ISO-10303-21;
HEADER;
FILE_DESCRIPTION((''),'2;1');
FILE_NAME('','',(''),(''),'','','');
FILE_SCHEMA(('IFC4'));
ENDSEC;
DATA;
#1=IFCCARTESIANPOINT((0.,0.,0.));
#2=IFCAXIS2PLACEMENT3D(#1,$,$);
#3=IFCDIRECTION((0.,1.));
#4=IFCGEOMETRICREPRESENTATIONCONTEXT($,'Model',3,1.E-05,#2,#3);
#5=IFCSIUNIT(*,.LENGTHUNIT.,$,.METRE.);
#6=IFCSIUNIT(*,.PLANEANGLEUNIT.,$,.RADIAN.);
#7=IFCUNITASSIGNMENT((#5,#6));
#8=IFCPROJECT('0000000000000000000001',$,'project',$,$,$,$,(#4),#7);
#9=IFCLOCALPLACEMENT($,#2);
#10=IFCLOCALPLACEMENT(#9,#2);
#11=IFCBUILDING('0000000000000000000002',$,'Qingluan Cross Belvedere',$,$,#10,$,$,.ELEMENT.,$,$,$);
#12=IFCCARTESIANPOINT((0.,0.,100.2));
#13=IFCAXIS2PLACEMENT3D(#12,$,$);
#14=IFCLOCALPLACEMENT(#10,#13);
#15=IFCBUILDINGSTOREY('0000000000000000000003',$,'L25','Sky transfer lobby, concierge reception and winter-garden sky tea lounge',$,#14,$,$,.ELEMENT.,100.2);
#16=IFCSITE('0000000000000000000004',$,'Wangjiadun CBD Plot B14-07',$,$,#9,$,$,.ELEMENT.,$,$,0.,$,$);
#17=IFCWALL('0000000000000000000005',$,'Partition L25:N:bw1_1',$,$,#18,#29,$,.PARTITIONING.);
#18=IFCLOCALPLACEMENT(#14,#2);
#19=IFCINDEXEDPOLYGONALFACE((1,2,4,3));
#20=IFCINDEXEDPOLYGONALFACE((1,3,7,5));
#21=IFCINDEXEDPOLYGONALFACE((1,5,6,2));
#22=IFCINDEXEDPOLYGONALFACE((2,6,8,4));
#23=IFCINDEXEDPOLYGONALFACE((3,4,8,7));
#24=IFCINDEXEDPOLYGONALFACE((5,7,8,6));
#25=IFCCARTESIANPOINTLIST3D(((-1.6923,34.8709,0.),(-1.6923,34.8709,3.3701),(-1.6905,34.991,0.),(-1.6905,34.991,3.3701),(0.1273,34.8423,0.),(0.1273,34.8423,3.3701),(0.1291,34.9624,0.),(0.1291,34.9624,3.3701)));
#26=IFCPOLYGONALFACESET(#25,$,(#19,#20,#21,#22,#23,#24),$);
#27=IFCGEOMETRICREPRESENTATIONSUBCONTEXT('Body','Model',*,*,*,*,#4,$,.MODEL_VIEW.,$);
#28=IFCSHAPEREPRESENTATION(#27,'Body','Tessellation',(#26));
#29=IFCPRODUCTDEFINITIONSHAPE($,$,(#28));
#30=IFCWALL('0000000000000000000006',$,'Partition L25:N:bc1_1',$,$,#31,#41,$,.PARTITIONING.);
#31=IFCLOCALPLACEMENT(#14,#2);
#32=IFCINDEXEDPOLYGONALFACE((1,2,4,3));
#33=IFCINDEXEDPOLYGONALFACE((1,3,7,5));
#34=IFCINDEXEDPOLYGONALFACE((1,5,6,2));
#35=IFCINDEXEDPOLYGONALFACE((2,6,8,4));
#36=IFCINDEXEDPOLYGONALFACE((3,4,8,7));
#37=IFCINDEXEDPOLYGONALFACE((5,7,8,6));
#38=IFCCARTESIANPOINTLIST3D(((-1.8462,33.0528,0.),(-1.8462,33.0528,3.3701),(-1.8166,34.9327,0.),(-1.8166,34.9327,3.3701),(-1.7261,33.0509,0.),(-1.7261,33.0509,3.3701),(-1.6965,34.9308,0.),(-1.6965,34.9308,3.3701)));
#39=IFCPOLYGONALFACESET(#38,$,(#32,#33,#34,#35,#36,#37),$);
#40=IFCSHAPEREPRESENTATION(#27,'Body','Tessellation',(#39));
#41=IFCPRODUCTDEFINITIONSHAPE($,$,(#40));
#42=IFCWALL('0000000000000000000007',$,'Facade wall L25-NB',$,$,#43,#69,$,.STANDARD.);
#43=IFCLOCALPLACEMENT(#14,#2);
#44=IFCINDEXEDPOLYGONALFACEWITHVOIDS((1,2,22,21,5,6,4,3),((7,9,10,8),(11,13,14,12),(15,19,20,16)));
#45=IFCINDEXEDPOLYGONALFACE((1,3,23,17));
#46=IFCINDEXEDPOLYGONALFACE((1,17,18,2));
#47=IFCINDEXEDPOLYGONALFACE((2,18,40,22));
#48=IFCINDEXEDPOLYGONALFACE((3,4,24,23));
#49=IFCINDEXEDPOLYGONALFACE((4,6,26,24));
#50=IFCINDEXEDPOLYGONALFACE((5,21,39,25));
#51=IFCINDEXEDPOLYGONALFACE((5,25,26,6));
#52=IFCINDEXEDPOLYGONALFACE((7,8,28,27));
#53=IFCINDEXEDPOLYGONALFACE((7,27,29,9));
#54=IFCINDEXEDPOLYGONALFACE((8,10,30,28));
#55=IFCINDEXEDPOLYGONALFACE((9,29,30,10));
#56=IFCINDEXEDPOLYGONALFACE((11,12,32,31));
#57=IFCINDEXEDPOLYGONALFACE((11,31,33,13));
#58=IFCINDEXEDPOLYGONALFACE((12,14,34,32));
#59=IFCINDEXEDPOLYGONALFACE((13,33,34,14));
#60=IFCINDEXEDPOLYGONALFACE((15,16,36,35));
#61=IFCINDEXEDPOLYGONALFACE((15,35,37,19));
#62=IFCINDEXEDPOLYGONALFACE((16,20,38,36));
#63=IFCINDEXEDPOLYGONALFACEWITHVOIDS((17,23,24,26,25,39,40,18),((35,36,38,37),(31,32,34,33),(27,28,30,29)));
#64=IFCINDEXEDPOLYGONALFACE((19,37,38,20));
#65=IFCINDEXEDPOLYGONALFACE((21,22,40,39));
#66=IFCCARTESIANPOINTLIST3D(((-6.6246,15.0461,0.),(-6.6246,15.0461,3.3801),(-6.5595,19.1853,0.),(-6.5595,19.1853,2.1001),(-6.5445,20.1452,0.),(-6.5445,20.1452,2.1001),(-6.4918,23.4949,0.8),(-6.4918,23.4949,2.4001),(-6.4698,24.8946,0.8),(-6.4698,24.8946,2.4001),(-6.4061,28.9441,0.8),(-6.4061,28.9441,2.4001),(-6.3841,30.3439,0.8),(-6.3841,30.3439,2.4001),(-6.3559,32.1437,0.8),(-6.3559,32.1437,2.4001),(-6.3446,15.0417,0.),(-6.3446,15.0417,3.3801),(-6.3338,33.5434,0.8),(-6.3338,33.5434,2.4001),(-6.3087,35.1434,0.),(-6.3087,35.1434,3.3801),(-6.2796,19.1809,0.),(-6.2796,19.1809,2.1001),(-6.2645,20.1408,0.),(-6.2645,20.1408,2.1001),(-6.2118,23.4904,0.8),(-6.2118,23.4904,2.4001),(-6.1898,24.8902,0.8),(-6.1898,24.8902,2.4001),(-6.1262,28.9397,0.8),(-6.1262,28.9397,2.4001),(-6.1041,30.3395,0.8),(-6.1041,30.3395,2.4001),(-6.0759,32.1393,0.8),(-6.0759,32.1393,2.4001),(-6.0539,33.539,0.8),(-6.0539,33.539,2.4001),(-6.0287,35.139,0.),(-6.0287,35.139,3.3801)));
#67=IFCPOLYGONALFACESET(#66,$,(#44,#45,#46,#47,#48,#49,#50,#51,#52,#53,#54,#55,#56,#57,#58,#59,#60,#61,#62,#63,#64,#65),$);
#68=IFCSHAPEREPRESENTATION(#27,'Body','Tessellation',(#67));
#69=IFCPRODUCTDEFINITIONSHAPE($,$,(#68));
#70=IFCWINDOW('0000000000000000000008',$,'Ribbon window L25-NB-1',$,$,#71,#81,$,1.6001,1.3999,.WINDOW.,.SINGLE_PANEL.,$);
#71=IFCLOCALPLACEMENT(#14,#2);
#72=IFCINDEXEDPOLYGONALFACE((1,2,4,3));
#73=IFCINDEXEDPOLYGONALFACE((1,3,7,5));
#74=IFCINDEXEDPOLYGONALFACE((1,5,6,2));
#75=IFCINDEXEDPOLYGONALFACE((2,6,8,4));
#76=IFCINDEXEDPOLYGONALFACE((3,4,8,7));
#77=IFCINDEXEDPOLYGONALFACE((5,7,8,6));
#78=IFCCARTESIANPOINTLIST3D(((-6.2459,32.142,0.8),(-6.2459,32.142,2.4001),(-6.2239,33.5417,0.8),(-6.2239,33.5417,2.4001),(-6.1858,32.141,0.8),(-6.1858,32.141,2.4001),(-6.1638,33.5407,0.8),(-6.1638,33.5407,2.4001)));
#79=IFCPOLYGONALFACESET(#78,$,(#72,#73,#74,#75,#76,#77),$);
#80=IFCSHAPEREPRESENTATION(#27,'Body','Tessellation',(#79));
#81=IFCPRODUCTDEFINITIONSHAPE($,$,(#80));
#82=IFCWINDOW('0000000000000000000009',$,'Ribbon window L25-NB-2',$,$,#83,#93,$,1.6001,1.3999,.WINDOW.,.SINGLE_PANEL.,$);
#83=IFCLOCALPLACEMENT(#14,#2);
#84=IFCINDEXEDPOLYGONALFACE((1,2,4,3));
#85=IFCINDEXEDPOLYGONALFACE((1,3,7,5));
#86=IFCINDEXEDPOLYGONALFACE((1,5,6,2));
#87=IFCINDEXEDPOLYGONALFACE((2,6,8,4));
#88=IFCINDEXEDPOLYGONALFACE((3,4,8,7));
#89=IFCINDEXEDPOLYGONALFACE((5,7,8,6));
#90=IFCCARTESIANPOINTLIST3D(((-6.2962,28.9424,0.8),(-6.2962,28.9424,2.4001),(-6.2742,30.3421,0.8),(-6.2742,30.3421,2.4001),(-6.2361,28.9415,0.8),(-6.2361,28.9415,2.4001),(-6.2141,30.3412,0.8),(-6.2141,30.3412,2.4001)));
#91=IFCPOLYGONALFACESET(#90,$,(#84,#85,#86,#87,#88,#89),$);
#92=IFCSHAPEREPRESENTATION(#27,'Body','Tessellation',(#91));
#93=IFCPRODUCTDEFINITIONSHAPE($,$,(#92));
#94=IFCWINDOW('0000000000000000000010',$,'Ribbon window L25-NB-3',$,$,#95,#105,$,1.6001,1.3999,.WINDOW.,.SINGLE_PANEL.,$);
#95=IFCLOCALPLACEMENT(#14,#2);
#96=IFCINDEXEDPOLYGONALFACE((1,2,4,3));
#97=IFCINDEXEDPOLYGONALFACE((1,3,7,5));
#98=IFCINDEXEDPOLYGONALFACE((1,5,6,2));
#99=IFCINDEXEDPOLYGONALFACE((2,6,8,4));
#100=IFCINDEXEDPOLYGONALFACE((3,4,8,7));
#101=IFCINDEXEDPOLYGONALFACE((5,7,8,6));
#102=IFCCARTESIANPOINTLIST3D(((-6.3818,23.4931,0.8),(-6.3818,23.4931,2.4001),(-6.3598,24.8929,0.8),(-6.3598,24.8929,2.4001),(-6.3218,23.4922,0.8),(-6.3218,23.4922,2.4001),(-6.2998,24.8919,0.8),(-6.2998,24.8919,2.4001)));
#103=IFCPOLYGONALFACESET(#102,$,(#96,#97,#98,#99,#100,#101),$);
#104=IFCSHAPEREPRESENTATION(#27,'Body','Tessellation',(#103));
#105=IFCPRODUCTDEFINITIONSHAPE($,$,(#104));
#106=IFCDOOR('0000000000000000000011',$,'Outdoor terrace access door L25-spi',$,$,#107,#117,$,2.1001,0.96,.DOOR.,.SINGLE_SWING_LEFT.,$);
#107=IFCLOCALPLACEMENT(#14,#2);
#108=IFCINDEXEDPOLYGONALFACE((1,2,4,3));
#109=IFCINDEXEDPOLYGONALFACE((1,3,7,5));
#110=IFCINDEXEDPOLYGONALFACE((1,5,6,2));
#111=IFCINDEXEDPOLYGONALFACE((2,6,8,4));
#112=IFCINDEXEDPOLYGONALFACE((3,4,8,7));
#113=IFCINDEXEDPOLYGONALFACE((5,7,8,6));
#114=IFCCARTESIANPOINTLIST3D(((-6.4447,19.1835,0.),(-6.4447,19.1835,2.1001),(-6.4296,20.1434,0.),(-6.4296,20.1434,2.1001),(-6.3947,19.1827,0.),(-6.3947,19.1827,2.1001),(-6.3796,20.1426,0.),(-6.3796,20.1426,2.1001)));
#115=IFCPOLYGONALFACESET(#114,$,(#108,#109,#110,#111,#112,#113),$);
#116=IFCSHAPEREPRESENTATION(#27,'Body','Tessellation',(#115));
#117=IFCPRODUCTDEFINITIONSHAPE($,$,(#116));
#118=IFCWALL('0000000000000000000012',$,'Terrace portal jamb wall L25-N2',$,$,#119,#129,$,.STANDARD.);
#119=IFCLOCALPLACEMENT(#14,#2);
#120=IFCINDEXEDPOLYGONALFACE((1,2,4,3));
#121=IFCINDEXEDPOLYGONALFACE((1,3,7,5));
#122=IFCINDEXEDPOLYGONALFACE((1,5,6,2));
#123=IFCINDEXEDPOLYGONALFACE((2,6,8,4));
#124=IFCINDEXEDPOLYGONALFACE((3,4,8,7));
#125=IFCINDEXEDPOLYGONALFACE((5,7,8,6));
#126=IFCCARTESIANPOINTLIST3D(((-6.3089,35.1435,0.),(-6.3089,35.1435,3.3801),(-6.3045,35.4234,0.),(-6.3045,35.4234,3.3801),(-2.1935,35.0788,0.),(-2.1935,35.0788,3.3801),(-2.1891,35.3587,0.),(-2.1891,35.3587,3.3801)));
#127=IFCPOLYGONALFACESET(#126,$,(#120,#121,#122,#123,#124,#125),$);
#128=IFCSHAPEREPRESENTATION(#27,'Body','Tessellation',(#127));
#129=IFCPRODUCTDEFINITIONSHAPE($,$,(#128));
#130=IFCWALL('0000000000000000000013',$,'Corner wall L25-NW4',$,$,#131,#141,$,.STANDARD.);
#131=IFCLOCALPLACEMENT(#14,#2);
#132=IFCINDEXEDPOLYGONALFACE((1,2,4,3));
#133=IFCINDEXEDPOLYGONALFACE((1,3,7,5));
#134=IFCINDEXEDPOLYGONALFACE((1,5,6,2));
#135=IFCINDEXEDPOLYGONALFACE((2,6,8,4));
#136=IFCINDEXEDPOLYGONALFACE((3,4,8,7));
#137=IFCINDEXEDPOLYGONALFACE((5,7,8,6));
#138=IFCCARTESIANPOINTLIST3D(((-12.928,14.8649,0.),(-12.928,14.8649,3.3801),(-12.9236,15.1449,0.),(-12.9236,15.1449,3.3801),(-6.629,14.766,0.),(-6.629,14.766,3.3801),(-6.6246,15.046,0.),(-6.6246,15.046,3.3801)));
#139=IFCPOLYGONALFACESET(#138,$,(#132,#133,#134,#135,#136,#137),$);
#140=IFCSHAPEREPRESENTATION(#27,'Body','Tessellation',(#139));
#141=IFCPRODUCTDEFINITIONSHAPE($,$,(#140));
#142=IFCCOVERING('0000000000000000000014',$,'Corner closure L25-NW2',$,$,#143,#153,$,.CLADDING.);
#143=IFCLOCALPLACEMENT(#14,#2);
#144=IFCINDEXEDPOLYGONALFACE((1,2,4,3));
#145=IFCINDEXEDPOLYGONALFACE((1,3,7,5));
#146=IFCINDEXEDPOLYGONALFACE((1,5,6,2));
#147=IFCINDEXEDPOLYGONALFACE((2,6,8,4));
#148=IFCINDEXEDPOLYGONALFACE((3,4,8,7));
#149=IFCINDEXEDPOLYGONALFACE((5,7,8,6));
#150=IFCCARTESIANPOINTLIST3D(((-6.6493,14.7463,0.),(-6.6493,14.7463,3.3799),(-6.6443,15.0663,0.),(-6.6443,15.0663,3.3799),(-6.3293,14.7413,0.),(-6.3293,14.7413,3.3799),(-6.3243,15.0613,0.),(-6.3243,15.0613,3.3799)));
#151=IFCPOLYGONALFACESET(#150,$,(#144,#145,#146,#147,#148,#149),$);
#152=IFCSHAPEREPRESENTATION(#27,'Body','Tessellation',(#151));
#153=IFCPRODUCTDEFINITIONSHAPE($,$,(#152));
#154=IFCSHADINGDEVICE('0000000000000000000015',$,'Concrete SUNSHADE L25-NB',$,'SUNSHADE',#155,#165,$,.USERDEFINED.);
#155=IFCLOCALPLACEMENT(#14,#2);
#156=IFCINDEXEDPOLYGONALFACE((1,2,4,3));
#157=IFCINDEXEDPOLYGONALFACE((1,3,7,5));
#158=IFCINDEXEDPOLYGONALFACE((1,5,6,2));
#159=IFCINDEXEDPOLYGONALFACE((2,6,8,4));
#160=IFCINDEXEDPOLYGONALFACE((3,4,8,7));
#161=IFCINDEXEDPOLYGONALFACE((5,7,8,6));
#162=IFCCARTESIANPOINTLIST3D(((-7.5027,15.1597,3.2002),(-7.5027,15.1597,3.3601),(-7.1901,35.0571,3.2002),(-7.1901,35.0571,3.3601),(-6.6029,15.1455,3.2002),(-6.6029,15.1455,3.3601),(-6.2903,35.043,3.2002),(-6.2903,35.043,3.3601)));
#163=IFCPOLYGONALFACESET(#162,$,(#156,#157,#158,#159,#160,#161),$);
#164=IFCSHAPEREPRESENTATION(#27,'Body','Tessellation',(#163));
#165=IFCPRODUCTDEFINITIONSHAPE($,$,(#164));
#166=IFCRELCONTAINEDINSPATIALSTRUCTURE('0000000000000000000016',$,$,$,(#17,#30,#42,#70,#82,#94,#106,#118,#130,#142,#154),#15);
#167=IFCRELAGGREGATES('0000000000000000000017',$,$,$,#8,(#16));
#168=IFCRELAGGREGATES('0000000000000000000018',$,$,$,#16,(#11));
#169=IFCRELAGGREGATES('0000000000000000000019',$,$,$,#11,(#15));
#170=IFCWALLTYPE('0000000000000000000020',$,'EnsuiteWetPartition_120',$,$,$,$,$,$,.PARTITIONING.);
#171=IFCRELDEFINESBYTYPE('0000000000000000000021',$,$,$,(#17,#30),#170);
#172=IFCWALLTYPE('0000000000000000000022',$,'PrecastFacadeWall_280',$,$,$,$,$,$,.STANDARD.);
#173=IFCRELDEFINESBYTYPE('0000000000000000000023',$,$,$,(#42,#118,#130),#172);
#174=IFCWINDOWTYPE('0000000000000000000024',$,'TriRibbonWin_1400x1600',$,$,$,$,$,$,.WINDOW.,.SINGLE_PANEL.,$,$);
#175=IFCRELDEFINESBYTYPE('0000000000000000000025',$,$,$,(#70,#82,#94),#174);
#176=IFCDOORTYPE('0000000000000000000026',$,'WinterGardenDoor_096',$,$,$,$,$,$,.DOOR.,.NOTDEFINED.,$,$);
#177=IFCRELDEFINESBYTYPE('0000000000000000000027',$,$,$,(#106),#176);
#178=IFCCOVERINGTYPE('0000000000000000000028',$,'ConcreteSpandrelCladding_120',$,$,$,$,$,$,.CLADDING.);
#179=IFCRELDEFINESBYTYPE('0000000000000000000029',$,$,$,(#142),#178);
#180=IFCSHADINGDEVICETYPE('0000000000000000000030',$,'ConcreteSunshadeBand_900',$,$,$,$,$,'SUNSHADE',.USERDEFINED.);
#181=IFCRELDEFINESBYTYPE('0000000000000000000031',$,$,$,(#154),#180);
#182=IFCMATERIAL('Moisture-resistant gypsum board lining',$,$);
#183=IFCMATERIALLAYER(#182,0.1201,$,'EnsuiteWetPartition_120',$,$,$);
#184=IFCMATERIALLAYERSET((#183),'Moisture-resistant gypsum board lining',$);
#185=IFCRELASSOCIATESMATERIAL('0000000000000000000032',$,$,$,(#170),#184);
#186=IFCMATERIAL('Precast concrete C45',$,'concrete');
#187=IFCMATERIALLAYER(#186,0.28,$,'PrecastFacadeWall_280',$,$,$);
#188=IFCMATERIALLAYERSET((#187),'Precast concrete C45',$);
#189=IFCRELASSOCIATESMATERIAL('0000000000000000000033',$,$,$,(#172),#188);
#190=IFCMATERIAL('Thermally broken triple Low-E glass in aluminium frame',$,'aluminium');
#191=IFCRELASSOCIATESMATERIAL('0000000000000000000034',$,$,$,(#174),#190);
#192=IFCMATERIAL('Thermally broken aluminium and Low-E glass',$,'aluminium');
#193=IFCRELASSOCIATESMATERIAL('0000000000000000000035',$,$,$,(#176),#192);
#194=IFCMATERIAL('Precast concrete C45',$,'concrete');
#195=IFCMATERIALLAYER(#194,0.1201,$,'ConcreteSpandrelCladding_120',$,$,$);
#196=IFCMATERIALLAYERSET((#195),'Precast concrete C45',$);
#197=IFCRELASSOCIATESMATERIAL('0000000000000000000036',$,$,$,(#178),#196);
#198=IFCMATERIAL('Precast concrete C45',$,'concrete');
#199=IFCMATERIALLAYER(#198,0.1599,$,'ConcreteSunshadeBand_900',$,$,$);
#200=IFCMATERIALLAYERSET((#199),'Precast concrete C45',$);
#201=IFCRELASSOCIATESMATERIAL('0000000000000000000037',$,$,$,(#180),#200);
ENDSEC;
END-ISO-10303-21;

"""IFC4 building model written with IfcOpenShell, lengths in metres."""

from ifc_helpers import new_model, si_unit, direction, frame, frame_2d, origin, origin_2d, place, context, subcontext, project, spatial, rectangle, extrude, material, layer, layer_set, type_object, element, fill, save


model = new_model("IFC4")

# Units and contexts
model_context = context("Model", 3, precision=1e-05, world=origin(), true_north=direction((0.0, 1.0)))
body_context = subcontext(model_context, "Body", "Model", "MODEL_VIEW")
ifc_project = project(units=[si_unit("LENGTHUNIT", "METRE"), si_unit("PLANEANGLEUNIT", "RADIAN")], contexts=[model_context])

# Site, building, storey
site_placement = place(None, origin())
site = spatial("IfcSite", under=ifc_project, at=site_placement, Name="Wangjiadun CBD Plot B14-07", CompositionType="ELEMENT", RefElevation=0.0)
building_placement = place(site_placement, origin())
building = spatial("IfcBuilding", under=site, at=building_placement, Name="Qingluan Cross Belvedere", CompositionType="ELEMENT")
storey_placement = place(building_placement, frame((0.0, 0.0, 100.2)))
storey = spatial("IfcBuildingStorey", under=building, at=storey_placement, Name="L25", Description="Sky transfer lobby, concierge reception and winter-garden sky tea lounge", CompositionType="ELEMENT", Elevation=100.2)

# Shared definitions
ifc_material_1 = material(Name="Moisture-resistant gypsum board lining")
ifc_layer_1 = layer(ifc_material_1, 0.1201, Name="EnsuiteWetPartition_120")
ifc_layer_set_1 = layer_set([ifc_layer_1], Name="Moisture-resistant gypsum board lining")
wall_type_1 = type_object("IfcWallType", Name="EnsuiteWetPartition_120", PredefinedType="PARTITIONING", material=ifc_layer_set_1)

# Walls
wall_1_placement = place(storey_placement, frame((-1.6914, 34.9309, 0.0), z_axis=(0.0, 0.0, 1.0), x_axis=(0.999877, -0.015696, 0.0)))
element("IfcWall", 1, at=wall_1_placement, inside=storey, type_object=wall_type_1, Name="Partition L25:N:bw1_1", PredefinedType="PARTITIONING", context=body_context, shape_type="SweptSolid", body=[
    extrude(rectangle(XDim=1.8198, YDim=0.1201, at=frame_2d((0.9099, 0.0))), origin(), (0.0, 0.0, 1.0), 3.3701),
])
wall_2_placement = place(storey_placement, frame((-1.7861, 33.052, 0.0), z_axis=(0.0, 0.0, 1.0), x_axis=(0.015712, 0.999877, 0.0)))
element("IfcWall", 2, at=wall_2_placement, inside=storey, type_object=wall_type_1, Name="Partition L25:N:bc1_1", PredefinedType="PARTITIONING", context=body_context, shape_type="SweptSolid", body=[
    extrude(rectangle(XDim=1.8801, YDim=0.1201, at=frame_2d((0.9399, 0.0))), origin(), (0.0, 0.0, 1.0), 3.3701),
])

# Wall, openings, windows, door
ifc_material_2 = material(Name="Precast concrete C45", Category="concrete")
ifc_layer_2 = layer(ifc_material_2, 0.28, Name="PrecastFacadeWall_280")
ifc_layer_set_2 = layer_set([ifc_layer_2], Name="Precast concrete C45")
wall_type_2 = type_object("IfcWallType", Name="PrecastFacadeWall_280", PredefinedType="STANDARD", material=ifc_layer_set_2)
wall_3_placement = place(storey_placement, frame((-6.1687, 35.1411, 0.0), z_axis=(0.0, 0.0, 1.0), x_axis=(-0.015717, -0.999876, 0.0)))
wall_3 = element("IfcWall", 3, at=wall_3_placement, inside=storey, type_object=wall_type_2, Name="Facade wall L25-NB", PredefinedType="STANDARD", context=body_context, shape_type="SweptSolid", body=[
    extrude(rectangle(XDim=20.0999, YDim=0.28, at=frame_2d((10.0498, 0.0))), origin(), (0.0, 0.0, 1.0), 3.3801),
])
opening_1_placement = place(wall_3_placement, frame((1.6001, 0.0, 0.8)))
opening_1 = element("IfcOpeningElement", 4, at=opening_1_placement, cuts=wall_3, PredefinedType="OPENING", context=body_context, shape_type="SweptSolid", body=[
    extrude(rectangle(XDim=1.3999, YDim=1.6001, at=frame_2d((0.7, 0.8))), frame((0.0, 0.1499, 0.0), z_axis=(0.0, -1.0, 0.0), x_axis=(1.0, 0.0, 0.0)), (0.0, 0.0, 1.0), 0.3),
])
opening_2_placement = place(wall_3_placement, frame((4.8, 0.0, 0.8)))
opening_2 = element("IfcOpeningElement", 5, at=opening_2_placement, cuts=wall_3, PredefinedType="OPENING", context=body_context, shape_type="SweptSolid", body=[
    extrude(rectangle(XDim=1.3999, YDim=1.6001, at=frame_2d((0.7, 0.8))), frame((0.0, 0.1499, 0.0), z_axis=(0.0, -1.0, 0.0), x_axis=(1.0, 0.0, 0.0)), (0.0, 0.0, 1.0), 0.3),
])
opening_3_placement = place(wall_3_placement, frame((10.25, 0.0, 0.8)))
opening_3 = element("IfcOpeningElement", 6, at=opening_3_placement, cuts=wall_3, PredefinedType="OPENING", context=body_context, shape_type="SweptSolid", body=[
    extrude(rectangle(XDim=1.3999, YDim=1.6001, at=frame_2d((0.7, 0.8))), frame((0.0, 0.1499, 0.0), z_axis=(0.0, -1.0, 0.0), x_axis=(1.0, 0.0, 0.0)), (0.0, 0.0, 1.0), 0.3),
])
opening_4_placement = place(wall_3_placement, frame((15.0, 0.0, 0.0)))
opening_4 = element("IfcOpeningElement", 7, at=opening_4_placement, cuts=wall_3, PredefinedType="OPENING", context=body_context, shape_type="SweptSolid", body=[
    extrude(rectangle(XDim=0.96, YDim=2.1001, at=frame_2d((0.48, 1.05))), frame((0.0, 0.1499, 0.0), z_axis=(0.0, -1.0, 0.0), x_axis=(1.0, 0.0, 0.0)), (0.0, 0.0, 1.0), 0.3),
])
ifc_material_3 = material(Name="Thermally broken triple Low-E glass in aluminium frame", Category="aluminium")
window_type = type_object("IfcWindowType", Name="TriRibbonWin_1400x1600", PartitioningType="SINGLE_PANEL", PredefinedType="WINDOW", material=ifc_material_3)
window_1_placement = place(opening_1_placement, origin())
window_1 = element("IfcWindow", 8, at=window_1_placement, inside=storey, type_object=window_type, Name="Ribbon window L25-NB-1", OverallHeight=1.6001, OverallWidth=1.3999, PartitioningType="SINGLE_PANEL", PredefinedType="WINDOW", context=body_context, shape_type="SweptSolid", body=[
    extrude(rectangle(XDim=1.3999, YDim=1.6001, at=frame_2d((0.7, 0.8))), frame((0.0, 0.03, 0.0), z_axis=(0.0, -1.0, 0.0), x_axis=(1.0, 0.0, 0.0)), (0.0, 0.0, 1.0), 0.0601),
])
fill(opening_1, window_1)
window_2_placement = place(opening_2_placement, origin())
window_2 = element("IfcWindow", 9, at=window_2_placement, inside=storey, type_object=window_type, Name="Ribbon window L25-NB-2", OverallHeight=1.6001, OverallWidth=1.3999, PartitioningType="SINGLE_PANEL", PredefinedType="WINDOW", context=body_context, shape_type="SweptSolid", body=[
    extrude(rectangle(XDim=1.3999, YDim=1.6001, at=frame_2d((0.7, 0.8))), frame((0.0, 0.03, 0.0), z_axis=(0.0, -1.0, 0.0), x_axis=(1.0, 0.0, 0.0)), (0.0, 0.0, 1.0), 0.0601),
])
fill(opening_2, window_2)
window_3_placement = place(opening_3_placement, origin())
window_3 = element("IfcWindow", 10, at=window_3_placement, inside=storey, type_object=window_type, Name="Ribbon window L25-NB-3", OverallHeight=1.6001, OverallWidth=1.3999, PartitioningType="SINGLE_PANEL", PredefinedType="WINDOW", context=body_context, shape_type="SweptSolid", body=[
    extrude(rectangle(XDim=1.3999, YDim=1.6001, at=frame_2d((0.7, 0.8))), frame((0.0, 0.03, 0.0), z_axis=(0.0, -1.0, 0.0), x_axis=(1.0, 0.0, 0.0)), (0.0, 0.0, 1.0), 0.0601),
])
fill(opening_3, window_3)
ifc_material_4 = material(Name="Thermally broken aluminium and Low-E glass", Category="aluminium")
door_type_1 = type_object("IfcDoorType", Name="WinterGardenDoor_096", OperationType="NOTDEFINED", PredefinedType="DOOR", material=ifc_material_4)
door_1_placement = place(opening_4_placement, origin())
door_1 = element("IfcDoor", 11, at=door_1_placement, inside=storey, type_object=door_type_1, Name="Outdoor terrace access door L25-spi", OperationType="SINGLE_SWING_LEFT", OverallHeight=2.1001, OverallWidth=0.96, PredefinedType="DOOR", context=body_context, shape_type="SweptSolid", body=[
    extrude(rectangle(XDim=0.96, YDim=2.1001, at=frame_2d((0.48, 1.05))), frame((0.0, 0.0249, 0.0), z_axis=(0.0, -1.0, 0.0), x_axis=(1.0, 0.0, 0.0)), (0.0, 0.0, 1.0), 0.05),
])
fill(opening_4, door_1)

# Walls
wall_4_placement = place(storey_placement, frame((-2.1912, 35.2188, 0.0), z_axis=(0.0, 0.0, 1.0), x_axis=(-0.999876, 0.015719, 0.0)))
element("IfcWall", 12, at=wall_4_placement, inside=storey, type_object=wall_type_2, Name="Terrace portal jamb wall L25-N2", PredefinedType="STANDARD", context=body_context, shape_type="SweptSolid", body=[
    extrude(rectangle(XDim=4.116, YDim=0.28, at=frame_2d((2.0581, 0.0))), origin(), (0.0, 0.0, 1.0), 3.3801),
])
wall_5_placement = place(storey_placement, frame((-12.9258, 15.0049, 0.0), z_axis=(0.0, 0.0, 1.0), x_axis=(0.999877, -0.015695, 0.0)))
element("IfcWall", 13, at=wall_5_placement, inside=storey, type_object=wall_type_2, Name="Corner wall L25-NW4", PredefinedType="STANDARD", context=body_context, shape_type="SweptSolid", body=[
    extrude(rectangle(XDim=6.2998, YDim=0.28, at=frame_2d((3.1499, 0.0))), origin(), (0.0, 0.0, 1.0), 3.3801),
])

# Covering
ifc_material_5 = material(Name="Precast concrete C45", Category="concrete")
ifc_layer_3 = layer(ifc_material_5, 0.1201, Name="ConcreteSpandrelCladding_120")
ifc_layer_set_3 = layer_set([ifc_layer_3], Name="Precast concrete C45")
covering_type_1 = type_object("IfcCoveringType", Name="ConcreteSpandrelCladding_120", PredefinedType="CLADDING", material=ifc_layer_set_3)
covering_1_placement = place(storey_placement, frame((-6.4868, 14.9038, 0.0), z_axis=(0.0, 0.0, 1.0), x_axis=(0.999877, -0.015707, 0.0)))
element("IfcCovering", 14, at=covering_1_placement, inside=storey, type_object=covering_type_1, Name="Corner closure L25-NW2", PredefinedType="CLADDING", context=body_context, shape_type="SweptSolid", body=[
    extrude(rectangle(XDim=0.3201, YDim=0.3201, at=origin_2d()), origin(), (0.0, 0.0, 1.0), 3.3799),
])

# Shading device
ifc_material_6 = material(Name="Precast concrete C45", Category="concrete")
ifc_layer_4 = layer(ifc_material_6, 0.1599, Name="ConcreteSunshadeBand_900")
ifc_layer_set_4 = layer_set([ifc_layer_4], Name="Precast concrete C45")
shading_device_type = type_object("IfcShadingDeviceType", Name="ConcreteSunshadeBand_900", ElementType="SUNSHADE", PredefinedType="USERDEFINED", material=ifc_layer_set_4)
shading_device_placement = place(storey_placement, frame((-6.8965, 25.1013, 3.2002), z_axis=(0.0, 0.0, 1.0), x_axis=(-0.015706, -0.999877, 0.0)))
element("IfcShadingDevice", 15, at=shading_device_placement, inside=storey, type_object=shading_device_type, Name="Concrete SUNSHADE L25-NB", ObjectType="SUNSHADE", PredefinedType="USERDEFINED", context=body_context, shape_type="SweptSolid", body=[
    extrude(rectangle(XDim=19.8999, YDim=0.8999, at=origin_2d()), origin(), (0.0, 0.0, 1.0), 0.1599),
])

save(model, "model.ifc")
